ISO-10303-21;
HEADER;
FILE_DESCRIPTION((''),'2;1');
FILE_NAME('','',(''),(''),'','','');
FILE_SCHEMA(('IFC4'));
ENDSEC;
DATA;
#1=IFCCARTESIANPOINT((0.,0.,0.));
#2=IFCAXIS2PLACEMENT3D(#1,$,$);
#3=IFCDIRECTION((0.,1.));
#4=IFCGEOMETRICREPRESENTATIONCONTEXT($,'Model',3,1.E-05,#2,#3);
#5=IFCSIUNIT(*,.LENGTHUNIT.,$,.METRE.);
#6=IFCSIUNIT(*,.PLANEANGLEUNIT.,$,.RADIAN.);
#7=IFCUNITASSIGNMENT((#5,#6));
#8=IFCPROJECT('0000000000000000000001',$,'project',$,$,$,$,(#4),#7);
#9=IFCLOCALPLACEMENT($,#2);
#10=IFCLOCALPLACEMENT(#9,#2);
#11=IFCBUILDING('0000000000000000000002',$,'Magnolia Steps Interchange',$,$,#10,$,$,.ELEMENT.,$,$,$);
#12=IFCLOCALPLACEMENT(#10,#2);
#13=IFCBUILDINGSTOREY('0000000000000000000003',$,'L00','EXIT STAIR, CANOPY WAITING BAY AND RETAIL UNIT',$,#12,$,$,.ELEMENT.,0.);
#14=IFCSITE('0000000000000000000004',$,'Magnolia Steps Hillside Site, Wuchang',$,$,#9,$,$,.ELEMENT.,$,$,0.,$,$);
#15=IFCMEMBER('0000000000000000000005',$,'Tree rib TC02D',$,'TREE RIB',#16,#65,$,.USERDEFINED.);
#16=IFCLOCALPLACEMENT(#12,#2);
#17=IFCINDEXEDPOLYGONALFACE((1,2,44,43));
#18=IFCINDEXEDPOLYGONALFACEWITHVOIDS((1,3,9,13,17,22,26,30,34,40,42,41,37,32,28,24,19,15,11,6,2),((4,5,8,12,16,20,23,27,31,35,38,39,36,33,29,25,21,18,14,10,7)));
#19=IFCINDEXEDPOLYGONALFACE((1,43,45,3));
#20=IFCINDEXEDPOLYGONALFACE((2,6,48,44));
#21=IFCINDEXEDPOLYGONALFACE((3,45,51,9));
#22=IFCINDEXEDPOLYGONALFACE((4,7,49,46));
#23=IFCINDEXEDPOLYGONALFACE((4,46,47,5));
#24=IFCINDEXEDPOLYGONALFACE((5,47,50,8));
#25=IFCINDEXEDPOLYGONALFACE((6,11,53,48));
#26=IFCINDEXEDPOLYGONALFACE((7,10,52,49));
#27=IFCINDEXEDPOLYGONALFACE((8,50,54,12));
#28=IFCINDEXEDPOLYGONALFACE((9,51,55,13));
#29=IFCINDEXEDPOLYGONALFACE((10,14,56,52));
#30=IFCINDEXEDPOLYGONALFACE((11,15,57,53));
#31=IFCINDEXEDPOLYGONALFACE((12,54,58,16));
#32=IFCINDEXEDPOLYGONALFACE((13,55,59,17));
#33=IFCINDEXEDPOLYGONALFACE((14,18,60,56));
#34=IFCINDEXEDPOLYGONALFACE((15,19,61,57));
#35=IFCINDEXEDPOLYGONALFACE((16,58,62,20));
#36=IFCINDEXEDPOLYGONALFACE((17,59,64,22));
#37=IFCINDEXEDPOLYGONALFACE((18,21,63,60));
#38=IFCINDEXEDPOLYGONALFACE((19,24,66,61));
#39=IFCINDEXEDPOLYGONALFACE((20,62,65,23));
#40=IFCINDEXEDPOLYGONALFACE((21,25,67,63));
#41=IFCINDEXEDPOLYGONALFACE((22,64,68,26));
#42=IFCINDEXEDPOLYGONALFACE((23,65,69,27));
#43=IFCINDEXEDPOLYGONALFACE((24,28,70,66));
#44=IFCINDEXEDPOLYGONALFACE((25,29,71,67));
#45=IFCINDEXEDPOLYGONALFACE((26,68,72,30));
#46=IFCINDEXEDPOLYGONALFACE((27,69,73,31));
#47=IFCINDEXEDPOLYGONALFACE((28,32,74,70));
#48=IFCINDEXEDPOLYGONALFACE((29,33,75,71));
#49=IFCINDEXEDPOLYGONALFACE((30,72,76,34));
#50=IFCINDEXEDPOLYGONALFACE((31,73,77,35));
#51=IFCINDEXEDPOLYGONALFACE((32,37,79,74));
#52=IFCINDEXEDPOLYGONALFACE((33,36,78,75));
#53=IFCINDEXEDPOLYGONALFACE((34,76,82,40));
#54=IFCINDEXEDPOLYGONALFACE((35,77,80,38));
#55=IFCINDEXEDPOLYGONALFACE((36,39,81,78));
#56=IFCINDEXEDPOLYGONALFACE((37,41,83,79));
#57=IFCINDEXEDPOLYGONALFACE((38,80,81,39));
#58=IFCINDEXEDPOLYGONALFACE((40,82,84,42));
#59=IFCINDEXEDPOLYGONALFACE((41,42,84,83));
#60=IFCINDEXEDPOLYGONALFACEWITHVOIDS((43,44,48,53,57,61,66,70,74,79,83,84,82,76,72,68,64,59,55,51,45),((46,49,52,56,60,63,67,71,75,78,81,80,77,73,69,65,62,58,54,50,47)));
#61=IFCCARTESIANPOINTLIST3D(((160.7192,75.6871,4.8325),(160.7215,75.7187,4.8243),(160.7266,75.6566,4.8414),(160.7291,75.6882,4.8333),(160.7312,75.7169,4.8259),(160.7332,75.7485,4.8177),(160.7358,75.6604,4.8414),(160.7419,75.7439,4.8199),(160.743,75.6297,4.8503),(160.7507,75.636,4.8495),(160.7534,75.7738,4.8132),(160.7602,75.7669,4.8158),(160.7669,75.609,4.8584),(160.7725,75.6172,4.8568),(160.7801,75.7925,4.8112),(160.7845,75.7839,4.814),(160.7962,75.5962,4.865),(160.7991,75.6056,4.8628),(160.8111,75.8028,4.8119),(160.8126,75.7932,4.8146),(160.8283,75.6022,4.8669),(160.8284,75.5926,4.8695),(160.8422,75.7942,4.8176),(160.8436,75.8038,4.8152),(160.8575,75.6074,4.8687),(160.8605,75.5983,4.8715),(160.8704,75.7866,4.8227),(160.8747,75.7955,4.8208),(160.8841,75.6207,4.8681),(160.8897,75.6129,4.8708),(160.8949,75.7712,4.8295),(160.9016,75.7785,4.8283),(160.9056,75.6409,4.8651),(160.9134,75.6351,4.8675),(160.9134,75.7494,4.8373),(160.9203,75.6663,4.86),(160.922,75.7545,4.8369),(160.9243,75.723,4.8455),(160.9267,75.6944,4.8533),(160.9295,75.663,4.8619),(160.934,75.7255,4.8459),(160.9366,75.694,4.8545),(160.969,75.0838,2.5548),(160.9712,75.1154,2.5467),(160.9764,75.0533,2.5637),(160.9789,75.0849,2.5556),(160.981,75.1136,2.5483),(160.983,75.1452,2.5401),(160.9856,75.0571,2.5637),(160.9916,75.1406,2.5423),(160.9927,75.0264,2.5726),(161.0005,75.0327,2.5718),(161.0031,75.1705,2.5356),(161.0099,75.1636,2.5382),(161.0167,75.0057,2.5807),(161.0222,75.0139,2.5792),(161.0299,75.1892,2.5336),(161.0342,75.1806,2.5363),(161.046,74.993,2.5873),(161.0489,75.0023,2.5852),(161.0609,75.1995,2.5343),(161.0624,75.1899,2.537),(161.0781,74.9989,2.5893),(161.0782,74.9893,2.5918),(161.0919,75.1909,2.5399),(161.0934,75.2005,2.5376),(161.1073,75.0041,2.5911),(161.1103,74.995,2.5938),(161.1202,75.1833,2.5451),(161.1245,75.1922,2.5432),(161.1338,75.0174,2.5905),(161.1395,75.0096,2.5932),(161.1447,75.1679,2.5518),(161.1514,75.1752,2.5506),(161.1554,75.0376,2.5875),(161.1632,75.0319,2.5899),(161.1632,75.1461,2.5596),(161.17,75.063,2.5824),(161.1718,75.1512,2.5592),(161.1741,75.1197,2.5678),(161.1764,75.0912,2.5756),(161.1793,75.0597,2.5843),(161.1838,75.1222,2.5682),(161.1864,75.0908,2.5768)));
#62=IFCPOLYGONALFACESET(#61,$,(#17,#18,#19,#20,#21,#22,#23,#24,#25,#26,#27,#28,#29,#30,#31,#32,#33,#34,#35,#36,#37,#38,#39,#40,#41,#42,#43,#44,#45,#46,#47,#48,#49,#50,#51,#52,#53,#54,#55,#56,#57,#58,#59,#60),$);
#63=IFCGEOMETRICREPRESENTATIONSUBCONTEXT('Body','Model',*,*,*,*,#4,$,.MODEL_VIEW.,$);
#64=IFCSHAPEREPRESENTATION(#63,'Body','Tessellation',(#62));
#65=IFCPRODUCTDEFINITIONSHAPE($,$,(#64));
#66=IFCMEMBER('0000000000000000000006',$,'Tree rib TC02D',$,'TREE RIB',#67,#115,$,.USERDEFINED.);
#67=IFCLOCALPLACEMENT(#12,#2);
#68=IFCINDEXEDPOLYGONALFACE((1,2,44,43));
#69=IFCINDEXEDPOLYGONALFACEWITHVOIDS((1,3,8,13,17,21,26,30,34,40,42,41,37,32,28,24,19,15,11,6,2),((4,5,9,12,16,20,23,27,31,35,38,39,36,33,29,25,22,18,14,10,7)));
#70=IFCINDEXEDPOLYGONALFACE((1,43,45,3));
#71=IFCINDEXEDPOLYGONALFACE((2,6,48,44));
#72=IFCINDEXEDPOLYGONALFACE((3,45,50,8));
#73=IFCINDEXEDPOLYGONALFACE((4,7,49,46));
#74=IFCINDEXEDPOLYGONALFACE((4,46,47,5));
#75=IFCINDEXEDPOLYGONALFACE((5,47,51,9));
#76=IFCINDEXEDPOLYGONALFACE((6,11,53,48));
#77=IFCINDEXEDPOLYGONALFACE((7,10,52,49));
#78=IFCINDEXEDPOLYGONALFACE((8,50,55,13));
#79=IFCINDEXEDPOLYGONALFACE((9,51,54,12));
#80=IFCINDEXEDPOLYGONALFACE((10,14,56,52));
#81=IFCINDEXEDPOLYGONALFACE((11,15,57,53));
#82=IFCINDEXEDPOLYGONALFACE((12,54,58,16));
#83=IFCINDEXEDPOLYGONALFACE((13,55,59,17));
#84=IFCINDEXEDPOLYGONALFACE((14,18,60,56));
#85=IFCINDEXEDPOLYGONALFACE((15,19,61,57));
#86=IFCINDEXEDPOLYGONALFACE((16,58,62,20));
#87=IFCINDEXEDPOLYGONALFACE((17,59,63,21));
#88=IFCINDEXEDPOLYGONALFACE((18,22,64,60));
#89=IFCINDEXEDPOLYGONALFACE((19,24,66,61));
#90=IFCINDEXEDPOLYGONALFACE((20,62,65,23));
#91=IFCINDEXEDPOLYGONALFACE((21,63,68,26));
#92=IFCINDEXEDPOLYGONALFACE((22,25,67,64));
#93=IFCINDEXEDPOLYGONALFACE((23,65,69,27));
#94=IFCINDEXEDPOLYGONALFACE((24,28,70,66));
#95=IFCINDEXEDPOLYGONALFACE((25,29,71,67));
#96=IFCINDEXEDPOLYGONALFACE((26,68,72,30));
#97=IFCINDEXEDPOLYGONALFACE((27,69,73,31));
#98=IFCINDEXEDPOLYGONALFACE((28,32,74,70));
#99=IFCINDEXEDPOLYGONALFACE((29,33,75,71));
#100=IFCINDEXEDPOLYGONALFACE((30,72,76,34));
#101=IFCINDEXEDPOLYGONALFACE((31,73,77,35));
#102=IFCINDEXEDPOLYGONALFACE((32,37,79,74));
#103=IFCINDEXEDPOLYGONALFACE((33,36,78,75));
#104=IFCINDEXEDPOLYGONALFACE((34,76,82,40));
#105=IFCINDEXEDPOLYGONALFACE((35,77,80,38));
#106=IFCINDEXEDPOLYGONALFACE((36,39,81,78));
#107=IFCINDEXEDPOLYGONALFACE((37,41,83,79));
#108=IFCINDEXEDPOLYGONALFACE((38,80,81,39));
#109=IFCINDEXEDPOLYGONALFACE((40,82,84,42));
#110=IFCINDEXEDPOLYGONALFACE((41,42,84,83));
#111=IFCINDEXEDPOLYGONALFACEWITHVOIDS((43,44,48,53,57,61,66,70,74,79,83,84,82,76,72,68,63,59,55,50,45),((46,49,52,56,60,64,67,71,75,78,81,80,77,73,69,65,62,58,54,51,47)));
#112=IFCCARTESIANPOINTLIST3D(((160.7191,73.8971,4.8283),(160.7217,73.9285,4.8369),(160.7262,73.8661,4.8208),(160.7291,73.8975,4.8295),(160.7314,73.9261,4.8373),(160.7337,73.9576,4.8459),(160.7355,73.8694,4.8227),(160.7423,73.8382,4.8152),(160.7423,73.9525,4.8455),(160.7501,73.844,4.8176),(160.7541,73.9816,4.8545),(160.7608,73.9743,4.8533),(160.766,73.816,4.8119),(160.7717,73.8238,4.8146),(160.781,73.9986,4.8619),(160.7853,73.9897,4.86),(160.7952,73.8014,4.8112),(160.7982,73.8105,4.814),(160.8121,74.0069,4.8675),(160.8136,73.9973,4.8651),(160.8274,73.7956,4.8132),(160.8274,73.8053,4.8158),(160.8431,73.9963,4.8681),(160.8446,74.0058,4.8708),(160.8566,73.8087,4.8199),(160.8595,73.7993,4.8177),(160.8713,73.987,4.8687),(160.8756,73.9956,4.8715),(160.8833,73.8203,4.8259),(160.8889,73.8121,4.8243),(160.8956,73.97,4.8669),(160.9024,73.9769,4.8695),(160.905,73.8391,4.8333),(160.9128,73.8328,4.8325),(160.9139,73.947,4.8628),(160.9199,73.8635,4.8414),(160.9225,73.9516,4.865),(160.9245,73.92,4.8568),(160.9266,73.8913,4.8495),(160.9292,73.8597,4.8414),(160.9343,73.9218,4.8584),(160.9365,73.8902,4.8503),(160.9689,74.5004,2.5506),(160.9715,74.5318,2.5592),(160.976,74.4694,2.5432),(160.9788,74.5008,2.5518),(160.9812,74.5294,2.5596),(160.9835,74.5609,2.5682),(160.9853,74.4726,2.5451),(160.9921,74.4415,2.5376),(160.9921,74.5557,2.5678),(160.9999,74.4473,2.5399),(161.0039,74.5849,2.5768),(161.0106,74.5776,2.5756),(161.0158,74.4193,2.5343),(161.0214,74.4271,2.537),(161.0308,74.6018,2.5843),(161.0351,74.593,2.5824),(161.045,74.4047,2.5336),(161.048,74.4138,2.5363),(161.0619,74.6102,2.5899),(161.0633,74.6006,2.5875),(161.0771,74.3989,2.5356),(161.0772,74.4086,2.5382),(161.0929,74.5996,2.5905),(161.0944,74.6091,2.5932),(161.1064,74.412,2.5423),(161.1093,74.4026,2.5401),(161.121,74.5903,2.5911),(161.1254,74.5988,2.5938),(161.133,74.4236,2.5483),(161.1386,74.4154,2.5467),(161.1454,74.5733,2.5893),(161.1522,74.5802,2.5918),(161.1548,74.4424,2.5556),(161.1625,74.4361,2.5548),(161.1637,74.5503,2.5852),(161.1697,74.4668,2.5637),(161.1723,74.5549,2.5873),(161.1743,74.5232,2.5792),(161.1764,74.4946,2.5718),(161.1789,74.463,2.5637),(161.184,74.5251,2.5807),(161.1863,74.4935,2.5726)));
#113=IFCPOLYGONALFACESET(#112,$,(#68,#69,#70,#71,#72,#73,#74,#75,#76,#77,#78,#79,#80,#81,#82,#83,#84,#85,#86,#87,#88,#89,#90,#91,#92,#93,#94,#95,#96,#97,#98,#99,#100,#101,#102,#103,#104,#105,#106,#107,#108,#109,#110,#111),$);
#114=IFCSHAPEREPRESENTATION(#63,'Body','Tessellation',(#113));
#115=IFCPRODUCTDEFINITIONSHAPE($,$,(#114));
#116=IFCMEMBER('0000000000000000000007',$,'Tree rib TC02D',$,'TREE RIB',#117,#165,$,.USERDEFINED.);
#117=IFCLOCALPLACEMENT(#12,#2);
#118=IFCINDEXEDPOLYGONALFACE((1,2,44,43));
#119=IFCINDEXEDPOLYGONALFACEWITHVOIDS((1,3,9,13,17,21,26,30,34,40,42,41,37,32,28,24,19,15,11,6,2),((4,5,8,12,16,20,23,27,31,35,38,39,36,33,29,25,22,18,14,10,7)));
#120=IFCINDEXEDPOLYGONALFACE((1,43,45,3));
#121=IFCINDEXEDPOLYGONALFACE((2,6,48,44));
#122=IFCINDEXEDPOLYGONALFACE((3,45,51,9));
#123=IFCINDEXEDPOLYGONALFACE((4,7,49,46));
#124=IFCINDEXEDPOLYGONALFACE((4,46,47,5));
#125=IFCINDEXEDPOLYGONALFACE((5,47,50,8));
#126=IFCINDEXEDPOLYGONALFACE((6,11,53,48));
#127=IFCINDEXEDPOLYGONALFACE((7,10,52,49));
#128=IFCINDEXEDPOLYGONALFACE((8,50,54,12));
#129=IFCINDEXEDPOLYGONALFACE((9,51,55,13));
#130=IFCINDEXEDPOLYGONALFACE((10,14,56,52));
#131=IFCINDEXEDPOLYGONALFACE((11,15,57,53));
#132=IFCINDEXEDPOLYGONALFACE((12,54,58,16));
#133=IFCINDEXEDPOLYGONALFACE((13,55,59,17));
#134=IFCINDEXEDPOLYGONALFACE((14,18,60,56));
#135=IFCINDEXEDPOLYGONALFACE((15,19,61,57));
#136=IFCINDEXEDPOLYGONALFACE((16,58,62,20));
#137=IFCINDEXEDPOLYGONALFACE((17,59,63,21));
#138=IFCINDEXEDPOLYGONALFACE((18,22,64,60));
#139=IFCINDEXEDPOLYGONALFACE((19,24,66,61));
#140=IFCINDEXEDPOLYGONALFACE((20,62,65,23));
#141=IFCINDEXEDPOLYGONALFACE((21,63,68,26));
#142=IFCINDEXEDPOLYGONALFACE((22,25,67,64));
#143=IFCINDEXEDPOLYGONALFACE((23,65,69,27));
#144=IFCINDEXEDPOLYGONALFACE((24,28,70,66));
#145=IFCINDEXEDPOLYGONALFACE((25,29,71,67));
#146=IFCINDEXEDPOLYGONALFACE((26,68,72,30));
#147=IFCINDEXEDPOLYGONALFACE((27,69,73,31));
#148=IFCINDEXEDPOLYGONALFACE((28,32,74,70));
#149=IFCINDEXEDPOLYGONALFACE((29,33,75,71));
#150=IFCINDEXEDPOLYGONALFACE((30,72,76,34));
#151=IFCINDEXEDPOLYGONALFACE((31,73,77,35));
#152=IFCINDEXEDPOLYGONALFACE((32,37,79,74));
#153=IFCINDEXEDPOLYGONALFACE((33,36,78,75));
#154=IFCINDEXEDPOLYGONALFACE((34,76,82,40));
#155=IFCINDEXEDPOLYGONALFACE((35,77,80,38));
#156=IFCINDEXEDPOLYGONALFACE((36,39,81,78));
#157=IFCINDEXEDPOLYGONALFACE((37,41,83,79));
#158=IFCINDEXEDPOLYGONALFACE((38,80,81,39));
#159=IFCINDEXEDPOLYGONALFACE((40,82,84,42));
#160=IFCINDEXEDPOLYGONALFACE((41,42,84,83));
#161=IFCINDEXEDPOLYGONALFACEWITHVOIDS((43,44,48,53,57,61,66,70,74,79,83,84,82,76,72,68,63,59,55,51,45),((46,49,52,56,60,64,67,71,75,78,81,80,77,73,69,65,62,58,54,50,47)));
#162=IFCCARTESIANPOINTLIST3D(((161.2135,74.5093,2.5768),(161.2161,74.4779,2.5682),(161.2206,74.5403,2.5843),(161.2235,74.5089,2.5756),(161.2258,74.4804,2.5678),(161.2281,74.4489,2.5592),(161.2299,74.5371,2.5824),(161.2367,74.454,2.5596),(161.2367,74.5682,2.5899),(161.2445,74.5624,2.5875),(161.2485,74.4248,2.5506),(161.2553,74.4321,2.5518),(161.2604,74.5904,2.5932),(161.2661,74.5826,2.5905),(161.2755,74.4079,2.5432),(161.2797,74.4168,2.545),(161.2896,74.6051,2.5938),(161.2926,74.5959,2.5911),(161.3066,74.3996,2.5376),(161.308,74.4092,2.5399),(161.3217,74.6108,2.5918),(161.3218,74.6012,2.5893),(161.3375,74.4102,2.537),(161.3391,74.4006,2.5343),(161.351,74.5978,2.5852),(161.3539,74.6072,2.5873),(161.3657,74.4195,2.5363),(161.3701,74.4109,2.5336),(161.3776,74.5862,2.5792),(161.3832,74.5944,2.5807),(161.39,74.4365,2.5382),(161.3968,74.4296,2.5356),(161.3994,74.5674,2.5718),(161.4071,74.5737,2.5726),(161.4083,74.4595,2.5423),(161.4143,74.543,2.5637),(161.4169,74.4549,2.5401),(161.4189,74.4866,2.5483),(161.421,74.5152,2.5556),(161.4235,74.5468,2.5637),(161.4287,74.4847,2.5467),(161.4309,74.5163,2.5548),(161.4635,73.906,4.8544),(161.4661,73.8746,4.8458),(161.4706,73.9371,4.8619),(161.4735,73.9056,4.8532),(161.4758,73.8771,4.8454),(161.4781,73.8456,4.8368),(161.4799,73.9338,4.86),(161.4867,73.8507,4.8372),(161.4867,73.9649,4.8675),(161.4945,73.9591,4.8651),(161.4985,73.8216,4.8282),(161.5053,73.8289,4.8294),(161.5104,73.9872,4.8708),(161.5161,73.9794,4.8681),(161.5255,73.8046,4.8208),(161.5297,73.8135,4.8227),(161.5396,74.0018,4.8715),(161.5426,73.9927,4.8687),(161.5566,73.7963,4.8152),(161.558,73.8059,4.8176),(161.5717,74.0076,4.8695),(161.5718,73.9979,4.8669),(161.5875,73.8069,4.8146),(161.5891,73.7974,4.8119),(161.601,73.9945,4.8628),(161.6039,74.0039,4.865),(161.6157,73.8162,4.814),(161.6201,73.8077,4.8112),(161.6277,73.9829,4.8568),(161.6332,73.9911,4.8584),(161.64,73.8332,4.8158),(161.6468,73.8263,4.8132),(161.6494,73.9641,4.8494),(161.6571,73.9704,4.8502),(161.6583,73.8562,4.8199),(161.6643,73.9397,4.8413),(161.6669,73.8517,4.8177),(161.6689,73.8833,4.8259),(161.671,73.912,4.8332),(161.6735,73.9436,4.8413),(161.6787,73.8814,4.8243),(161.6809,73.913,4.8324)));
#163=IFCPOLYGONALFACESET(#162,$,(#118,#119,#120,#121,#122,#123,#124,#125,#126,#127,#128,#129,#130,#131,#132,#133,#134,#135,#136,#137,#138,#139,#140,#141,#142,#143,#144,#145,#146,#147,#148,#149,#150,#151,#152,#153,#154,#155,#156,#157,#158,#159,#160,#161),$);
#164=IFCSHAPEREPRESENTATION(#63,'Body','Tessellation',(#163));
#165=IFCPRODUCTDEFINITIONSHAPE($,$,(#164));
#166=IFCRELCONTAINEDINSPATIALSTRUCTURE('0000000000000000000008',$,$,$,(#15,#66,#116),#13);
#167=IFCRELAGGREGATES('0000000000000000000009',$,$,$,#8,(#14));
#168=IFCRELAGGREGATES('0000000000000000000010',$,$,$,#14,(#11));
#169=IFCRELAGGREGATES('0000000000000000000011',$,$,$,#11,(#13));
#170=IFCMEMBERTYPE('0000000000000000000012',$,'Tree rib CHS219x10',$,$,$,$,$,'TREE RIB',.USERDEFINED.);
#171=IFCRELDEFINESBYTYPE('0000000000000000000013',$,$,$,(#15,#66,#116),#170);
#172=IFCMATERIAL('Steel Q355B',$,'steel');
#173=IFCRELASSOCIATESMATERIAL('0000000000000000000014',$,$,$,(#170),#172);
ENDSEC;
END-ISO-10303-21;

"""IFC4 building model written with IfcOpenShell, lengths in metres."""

from ifc_helpers import new_model, si_unit, direction, frame, origin, origin_2d, place, context, subcontext, project, spatial, hollow_circle, extrude, material, material_profile, profile_set, type_object, element, save


model = new_model("IFC4")

# Units and contexts
model_context = context("Model", 3, precision=1e-05, world=origin(), true_north=direction((0.0, 1.0)))
body_context = subcontext(model_context, "Body", "Model", "MODEL_VIEW")
ifc_project = project(units=[si_unit("LENGTHUNIT", "METRE"), si_unit("PLANEANGLEUNIT", "RADIAN")], contexts=[model_context])

# Site, building, storey
site_placement = place(None, origin())
site = spatial("IfcSite", under=ifc_project, at=site_placement, Name="Magnolia Steps Hillside Site, Wuchang", CompositionType="ELEMENT", RefElevation=0.0)
building_placement = place(site_placement, origin())
building = spatial("IfcBuilding", under=site, at=building_placement, Name="Magnolia Steps Interchange", CompositionType="ELEMENT")
storey_placement = place(building_placement, origin())
storey = spatial("IfcBuildingStorey", under=building, at=storey_placement, Name="L00", Description="EXIT STAIR, CANOPY WAITING BAY AND RETAIL UNIT", CompositionType="ELEMENT", Elevation=0.0)

# Members
ifc_material_1 = material(Name="Steel Q355B", Category="steel")
ifc_material_profile_1 = material_profile(ifc_material_1, hollow_circle(Radius=0.1096, WallThickness=0.01, at=origin_2d()), Name="CHS219x10")
ifc_profile_set_1 = profile_set([ifc_material_profile_1], Name="Steel Q355B")
member_type = type_object("IfcMemberType", Name="Tree rib CHS219x10", ElementType="TREE RIB", PredefinedType="USERDEFINED", material=ifc_profile_set_1)
for number, where, z_axis, x_axis, name in (
    (1, (161.0776, 75.0952, 2.5637), (-0.105412, 0.254617, 0.96128), (-0.923948, -0.382517, 0.0), "Tree rib TC02D"),
    (2, (161.0776, 74.5049, 2.5637), (-0.105412, -0.254617, 0.96128), (0.923948, -0.382517, 0.0), "Tree rib TC02D"),
    (3, (161.3223, 74.5049, 2.5637), (0.105514, -0.254614, 0.961269), (0.923816, 0.382836, 0.0), "Tree rib TC02D"),
):
    element("IfcMember", number, at=place(storey_placement, frame(where, z_axis=z_axis, x_axis=x_axis)), inside=storey, type_object=member_type, Name=name, ObjectType="TREE RIB", PredefinedType="USERDEFINED", context=body_context, shape_type="SweptSolid", body=[
        extrude(hollow_circle(Radius=0.1096, WallThickness=0.01, at=origin_2d()), origin(), (0.0, 0.0, 1.0), 2.3694),
    ])

save(model, "model.ifc")
